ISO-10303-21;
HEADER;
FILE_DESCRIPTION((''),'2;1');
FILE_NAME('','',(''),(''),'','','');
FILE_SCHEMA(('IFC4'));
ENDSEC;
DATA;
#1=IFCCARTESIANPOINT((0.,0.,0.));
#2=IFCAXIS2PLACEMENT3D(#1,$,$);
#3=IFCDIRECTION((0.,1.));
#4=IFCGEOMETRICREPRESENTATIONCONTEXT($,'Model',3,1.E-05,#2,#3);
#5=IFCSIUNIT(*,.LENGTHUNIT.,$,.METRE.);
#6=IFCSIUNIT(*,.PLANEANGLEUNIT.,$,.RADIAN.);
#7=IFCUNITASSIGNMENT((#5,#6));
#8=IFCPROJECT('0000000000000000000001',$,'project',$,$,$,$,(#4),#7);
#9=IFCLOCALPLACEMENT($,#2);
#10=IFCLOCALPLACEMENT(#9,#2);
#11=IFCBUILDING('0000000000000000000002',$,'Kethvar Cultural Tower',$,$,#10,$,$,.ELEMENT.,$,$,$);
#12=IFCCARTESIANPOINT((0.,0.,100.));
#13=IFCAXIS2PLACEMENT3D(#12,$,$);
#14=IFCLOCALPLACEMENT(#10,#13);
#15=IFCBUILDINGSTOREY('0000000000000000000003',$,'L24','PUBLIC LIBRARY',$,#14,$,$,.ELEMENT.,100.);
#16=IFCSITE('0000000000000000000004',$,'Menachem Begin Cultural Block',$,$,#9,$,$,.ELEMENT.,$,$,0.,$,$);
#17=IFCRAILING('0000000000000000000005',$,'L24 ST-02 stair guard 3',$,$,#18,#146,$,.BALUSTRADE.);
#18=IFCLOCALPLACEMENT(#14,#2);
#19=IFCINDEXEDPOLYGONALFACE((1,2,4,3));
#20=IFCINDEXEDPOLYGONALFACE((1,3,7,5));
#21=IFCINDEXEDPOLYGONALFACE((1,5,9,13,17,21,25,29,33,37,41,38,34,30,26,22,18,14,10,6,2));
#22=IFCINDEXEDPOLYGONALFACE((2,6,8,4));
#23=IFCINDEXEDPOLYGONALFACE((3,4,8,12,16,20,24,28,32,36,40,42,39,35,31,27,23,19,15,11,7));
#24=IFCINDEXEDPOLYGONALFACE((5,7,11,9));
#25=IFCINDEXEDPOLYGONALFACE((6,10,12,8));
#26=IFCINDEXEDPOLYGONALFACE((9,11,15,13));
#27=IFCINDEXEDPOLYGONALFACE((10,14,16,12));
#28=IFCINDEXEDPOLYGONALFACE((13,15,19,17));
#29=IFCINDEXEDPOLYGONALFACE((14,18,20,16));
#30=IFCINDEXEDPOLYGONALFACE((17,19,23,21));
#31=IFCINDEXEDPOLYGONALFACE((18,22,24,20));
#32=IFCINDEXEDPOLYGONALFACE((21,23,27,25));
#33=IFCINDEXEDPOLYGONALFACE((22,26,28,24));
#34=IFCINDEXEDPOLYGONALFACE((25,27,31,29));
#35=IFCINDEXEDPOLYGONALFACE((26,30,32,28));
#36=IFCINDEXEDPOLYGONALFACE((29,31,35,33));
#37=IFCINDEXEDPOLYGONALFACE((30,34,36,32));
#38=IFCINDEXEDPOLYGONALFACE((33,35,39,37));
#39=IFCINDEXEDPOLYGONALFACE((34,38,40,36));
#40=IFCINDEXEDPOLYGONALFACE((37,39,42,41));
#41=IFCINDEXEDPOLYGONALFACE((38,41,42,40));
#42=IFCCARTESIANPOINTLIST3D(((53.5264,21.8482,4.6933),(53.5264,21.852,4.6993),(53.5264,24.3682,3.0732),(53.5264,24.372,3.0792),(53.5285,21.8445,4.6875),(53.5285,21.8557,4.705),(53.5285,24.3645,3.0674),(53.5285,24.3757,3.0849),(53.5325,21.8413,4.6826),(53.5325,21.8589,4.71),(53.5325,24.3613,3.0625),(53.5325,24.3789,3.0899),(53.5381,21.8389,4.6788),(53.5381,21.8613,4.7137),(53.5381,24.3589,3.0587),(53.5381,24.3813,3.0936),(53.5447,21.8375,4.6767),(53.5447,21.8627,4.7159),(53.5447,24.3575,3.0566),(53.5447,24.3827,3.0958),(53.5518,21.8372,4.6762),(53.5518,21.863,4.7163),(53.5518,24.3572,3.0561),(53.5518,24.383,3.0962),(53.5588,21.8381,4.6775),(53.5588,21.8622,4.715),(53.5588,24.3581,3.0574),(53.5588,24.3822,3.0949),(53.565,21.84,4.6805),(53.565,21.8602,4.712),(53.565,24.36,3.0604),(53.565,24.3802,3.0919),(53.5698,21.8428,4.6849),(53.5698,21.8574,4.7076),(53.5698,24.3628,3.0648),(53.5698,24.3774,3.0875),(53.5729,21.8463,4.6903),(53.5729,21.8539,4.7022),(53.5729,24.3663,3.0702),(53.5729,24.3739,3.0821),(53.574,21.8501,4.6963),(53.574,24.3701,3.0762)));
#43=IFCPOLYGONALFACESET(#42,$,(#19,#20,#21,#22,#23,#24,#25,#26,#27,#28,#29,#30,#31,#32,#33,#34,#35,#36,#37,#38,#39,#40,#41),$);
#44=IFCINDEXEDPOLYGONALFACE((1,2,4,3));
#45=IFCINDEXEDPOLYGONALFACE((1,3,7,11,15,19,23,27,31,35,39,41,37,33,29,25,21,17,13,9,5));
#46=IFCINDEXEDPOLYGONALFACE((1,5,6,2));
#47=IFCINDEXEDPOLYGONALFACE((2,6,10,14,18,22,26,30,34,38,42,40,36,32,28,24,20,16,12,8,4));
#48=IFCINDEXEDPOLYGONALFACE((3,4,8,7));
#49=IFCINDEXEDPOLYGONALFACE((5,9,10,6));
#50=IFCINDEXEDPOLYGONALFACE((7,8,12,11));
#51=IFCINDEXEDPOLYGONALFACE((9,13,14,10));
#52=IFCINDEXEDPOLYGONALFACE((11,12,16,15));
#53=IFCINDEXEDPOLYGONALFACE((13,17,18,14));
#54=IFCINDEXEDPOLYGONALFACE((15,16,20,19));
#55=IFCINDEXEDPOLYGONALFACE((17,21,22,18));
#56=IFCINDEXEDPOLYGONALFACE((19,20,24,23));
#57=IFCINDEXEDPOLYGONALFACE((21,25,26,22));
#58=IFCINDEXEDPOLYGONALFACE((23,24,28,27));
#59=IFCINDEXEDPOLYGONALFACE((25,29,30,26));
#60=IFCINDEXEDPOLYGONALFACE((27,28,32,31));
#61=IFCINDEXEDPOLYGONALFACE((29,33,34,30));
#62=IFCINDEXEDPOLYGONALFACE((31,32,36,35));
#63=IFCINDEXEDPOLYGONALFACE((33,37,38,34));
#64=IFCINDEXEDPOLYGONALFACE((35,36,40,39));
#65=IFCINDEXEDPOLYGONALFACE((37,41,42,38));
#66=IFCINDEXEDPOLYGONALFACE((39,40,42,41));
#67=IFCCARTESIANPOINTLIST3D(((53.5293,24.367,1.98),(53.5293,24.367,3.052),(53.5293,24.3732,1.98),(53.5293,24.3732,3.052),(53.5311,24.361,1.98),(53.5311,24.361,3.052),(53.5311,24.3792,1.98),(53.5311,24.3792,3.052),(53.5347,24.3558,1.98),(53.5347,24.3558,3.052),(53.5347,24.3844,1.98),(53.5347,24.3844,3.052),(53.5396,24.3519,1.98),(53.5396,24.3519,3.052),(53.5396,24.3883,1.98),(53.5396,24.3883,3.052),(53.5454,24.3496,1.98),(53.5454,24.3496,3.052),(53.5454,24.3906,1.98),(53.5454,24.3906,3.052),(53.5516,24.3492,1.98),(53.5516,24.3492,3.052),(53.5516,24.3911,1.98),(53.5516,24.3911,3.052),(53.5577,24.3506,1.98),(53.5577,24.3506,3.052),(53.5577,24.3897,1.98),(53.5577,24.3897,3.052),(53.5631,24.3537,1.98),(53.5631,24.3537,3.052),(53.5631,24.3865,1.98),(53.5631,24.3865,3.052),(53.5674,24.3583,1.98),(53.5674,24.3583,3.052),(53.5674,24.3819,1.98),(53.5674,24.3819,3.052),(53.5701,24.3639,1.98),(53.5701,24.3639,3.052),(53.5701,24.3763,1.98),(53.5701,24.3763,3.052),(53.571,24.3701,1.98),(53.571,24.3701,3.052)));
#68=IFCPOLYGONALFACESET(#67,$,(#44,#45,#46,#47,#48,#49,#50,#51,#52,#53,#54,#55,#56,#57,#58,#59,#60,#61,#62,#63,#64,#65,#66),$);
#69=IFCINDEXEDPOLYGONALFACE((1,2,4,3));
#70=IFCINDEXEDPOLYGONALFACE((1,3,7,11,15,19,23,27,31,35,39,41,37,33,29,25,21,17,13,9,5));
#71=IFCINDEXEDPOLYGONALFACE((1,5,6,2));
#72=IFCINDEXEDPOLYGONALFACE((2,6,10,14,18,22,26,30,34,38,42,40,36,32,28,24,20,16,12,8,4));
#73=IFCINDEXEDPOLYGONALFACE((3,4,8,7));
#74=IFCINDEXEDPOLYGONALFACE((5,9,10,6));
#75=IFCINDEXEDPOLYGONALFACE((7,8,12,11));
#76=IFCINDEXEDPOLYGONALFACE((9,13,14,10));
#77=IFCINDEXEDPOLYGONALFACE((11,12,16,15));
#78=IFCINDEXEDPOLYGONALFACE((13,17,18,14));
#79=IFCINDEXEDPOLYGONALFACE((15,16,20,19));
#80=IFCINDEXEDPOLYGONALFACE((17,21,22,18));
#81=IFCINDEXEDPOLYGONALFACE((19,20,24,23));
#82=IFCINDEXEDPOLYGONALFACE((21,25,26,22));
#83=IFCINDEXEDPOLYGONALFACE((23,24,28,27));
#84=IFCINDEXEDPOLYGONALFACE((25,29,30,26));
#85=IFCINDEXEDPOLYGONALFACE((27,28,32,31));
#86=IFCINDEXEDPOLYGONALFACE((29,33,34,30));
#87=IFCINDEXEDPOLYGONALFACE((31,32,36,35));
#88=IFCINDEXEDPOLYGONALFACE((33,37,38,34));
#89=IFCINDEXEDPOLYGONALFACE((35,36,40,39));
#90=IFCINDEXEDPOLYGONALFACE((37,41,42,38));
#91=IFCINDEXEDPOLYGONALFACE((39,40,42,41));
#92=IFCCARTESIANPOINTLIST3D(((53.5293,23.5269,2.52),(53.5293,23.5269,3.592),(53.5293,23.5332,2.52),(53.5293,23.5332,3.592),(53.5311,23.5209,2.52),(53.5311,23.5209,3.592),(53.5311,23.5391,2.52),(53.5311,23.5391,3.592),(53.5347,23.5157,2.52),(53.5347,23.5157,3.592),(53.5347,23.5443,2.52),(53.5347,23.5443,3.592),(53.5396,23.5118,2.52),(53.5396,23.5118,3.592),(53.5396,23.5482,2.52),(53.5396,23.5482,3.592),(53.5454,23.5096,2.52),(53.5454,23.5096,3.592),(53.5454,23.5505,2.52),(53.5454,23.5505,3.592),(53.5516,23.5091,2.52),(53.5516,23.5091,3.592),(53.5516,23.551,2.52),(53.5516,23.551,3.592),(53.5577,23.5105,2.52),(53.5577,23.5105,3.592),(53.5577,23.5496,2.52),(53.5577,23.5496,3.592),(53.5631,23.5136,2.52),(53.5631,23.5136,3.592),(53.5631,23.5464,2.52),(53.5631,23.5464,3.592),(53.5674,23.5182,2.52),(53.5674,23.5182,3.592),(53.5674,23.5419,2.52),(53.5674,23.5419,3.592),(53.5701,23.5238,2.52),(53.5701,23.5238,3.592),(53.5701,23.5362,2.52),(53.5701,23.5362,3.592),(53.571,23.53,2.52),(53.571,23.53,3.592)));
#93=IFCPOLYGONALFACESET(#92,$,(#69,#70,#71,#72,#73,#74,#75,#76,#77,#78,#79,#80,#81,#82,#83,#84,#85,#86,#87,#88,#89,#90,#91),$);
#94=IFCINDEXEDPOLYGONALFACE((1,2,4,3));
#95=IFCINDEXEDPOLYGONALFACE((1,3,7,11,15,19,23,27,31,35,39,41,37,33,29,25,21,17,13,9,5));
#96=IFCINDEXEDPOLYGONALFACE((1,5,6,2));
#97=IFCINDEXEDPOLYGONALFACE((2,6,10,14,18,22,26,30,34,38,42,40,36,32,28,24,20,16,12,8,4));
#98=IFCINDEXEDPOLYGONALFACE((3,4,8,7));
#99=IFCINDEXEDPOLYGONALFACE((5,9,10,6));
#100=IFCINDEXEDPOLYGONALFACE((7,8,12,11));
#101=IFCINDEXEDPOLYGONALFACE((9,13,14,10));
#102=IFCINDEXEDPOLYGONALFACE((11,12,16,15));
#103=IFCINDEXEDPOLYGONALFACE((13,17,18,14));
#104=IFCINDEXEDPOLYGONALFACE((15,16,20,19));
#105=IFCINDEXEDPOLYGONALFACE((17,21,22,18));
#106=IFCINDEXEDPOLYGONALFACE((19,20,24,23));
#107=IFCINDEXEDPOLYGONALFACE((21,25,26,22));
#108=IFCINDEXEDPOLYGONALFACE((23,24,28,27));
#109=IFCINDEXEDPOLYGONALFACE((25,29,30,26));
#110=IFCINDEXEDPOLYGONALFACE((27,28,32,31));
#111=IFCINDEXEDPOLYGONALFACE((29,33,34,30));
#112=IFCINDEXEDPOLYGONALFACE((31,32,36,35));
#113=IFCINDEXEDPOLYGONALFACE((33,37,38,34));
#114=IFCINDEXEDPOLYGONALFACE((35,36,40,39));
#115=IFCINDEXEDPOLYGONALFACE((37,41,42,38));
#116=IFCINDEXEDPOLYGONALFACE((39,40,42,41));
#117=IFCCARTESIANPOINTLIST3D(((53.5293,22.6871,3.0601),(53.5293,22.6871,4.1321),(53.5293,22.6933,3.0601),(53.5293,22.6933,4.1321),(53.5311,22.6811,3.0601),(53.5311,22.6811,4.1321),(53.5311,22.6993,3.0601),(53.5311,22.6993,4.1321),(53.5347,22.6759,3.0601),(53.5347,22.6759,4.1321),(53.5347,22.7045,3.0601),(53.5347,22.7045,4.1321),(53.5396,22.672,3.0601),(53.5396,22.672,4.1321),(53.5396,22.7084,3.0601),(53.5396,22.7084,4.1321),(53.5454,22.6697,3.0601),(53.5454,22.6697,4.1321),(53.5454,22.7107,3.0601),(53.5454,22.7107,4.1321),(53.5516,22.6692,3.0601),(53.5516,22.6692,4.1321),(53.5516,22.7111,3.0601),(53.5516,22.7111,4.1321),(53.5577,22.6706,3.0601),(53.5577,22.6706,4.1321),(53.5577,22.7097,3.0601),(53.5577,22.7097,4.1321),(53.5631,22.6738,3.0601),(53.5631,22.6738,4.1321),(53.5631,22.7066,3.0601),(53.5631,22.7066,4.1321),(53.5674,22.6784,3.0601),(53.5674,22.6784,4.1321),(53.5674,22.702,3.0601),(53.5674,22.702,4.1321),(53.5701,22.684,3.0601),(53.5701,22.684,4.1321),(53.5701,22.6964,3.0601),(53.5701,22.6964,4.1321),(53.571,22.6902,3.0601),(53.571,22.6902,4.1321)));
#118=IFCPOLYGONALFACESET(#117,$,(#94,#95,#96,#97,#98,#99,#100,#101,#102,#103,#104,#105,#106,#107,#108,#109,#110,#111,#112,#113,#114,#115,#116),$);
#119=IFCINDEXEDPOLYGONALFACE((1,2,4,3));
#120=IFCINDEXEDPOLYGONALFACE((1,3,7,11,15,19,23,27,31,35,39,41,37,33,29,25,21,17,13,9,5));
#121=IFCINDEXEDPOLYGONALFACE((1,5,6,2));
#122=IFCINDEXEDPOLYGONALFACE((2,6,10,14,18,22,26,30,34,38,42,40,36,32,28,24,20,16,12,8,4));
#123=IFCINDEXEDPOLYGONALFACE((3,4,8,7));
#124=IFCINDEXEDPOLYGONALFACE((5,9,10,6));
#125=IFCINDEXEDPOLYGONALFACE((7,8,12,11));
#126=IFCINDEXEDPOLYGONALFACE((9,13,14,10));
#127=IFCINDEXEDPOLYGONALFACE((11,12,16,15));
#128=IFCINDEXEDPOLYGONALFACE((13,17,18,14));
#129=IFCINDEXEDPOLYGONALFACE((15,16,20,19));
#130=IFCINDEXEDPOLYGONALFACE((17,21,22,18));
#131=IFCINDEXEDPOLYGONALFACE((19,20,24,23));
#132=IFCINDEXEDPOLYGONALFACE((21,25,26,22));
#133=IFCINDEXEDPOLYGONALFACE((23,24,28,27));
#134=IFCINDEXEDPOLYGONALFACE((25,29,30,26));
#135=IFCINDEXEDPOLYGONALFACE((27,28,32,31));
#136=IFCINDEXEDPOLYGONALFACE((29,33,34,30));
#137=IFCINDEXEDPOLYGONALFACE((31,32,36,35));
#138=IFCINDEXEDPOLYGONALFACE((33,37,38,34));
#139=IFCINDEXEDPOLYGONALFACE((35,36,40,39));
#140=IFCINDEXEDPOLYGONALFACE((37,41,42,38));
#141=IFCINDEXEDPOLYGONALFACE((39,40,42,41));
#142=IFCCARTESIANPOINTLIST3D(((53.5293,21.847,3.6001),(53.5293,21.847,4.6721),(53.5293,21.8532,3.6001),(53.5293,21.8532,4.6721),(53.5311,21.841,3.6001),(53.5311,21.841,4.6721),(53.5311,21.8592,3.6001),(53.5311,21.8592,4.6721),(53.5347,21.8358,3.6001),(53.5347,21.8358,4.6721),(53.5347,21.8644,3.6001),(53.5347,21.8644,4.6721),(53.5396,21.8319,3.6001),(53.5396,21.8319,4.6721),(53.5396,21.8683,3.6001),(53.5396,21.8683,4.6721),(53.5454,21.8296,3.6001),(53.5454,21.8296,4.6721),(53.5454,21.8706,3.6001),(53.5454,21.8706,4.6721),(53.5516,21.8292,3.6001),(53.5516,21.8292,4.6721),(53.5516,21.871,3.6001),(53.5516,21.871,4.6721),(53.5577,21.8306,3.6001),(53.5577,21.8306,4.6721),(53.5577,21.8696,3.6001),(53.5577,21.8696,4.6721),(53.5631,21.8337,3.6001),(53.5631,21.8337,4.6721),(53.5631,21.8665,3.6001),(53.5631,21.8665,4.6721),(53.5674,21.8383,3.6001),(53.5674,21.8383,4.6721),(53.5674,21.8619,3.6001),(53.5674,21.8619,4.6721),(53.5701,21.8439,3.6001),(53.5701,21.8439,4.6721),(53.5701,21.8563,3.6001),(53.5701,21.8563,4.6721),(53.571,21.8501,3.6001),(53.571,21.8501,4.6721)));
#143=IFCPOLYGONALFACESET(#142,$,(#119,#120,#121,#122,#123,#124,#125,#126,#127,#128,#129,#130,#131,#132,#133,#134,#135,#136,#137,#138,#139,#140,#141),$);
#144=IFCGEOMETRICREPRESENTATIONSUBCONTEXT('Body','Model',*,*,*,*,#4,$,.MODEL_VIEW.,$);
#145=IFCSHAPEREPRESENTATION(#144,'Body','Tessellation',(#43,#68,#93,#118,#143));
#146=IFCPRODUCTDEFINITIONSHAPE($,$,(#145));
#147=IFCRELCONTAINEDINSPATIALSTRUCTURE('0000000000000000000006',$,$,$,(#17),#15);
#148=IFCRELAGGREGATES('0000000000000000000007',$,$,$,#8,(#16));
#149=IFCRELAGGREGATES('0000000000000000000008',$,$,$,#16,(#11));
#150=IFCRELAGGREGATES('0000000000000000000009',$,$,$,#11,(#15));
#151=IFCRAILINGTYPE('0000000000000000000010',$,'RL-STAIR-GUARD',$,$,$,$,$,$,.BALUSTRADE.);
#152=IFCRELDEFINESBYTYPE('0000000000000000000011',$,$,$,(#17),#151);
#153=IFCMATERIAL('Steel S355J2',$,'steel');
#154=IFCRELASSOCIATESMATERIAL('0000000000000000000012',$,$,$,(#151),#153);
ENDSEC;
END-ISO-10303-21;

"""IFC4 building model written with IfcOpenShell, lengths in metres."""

from ifc_helpers import new_model, si_unit, direction, frame, origin, origin_2d, place, context, subcontext, project, spatial, circle, extrude, material, type_object, element, save


model = new_model("IFC4")

# Units and contexts
model_context = context("Model", 3, precision=1e-05, world=origin(), true_north=direction((0.0, 1.0)))
body_context = subcontext(model_context, "Body", "Model", "MODEL_VIEW")
ifc_project = project(units=[si_unit("LENGTHUNIT", "METRE"), si_unit("PLANEANGLEUNIT", "RADIAN")], contexts=[model_context])

# Site, building, storey
site_placement = place(None, origin())
site = spatial("IfcSite", under=ifc_project, at=site_placement, Name="Menachem Begin Cultural Block", CompositionType="ELEMENT", RefElevation=0.0)
building_placement = place(site_placement, origin())
building = spatial("IfcBuilding", under=site, at=building_placement, Name="Kethvar Cultural Tower", CompositionType="ELEMENT")
storey_placement = place(building_placement, frame((0.0, 0.0, 100.0)))
storey = spatial("IfcBuildingStorey", under=building, at=storey_placement, Name="L24", Description="PUBLIC LIBRARY", CompositionType="ELEMENT", Elevation=100.0)

# Shared definitions
ifc_material_1 = material(Name="Steel S355J2", Category="steel")

# Railing
railing_type_1 = type_object("IfcRailingType", Name="RL-STAIR-GUARD", PredefinedType="BALUSTRADE", material=ifc_material_1)
railing_1_placement = place(storey_placement, frame((53.55, 24.3701, 1.98)))
element("IfcRailing", 1, at=railing_1_placement, inside=storey, type_object=railing_type_1, Name="L24 ST-02 stair guard 3", PredefinedType="BALUSTRADE", context=body_context, shape_type="SweptSolid", body=[
    extrude(circle(Radius=0.0239, at=origin_2d()), frame((0.0, 0.0, 1.0962), z_axis=(0.0, -0.841163, 0.540782), x_axis=(1.0, 0.0, 0.0)), (0.0, 0.0, 1.0), 2.9958),
    extrude(circle(Radius=0.021, at=origin_2d()), origin(), (0.0, 0.0, 1.0), 1.072),
    extrude(circle(Radius=0.021, at=origin_2d()), frame((0.0, -0.8401, 0.54)), (0.0, 0.0, 1.0), 1.072),
    extrude(circle(Radius=0.021, at=origin_2d()), frame((0.0, -1.6799, 1.0801)), (0.0, 0.0, 1.0), 1.072),
    extrude(circle(Radius=0.021, at=origin_2d()), frame((0.0, -2.52, 1.6201)), (0.0, 0.0, 1.0), 1.072),
])

save(model, "model.ifc")
